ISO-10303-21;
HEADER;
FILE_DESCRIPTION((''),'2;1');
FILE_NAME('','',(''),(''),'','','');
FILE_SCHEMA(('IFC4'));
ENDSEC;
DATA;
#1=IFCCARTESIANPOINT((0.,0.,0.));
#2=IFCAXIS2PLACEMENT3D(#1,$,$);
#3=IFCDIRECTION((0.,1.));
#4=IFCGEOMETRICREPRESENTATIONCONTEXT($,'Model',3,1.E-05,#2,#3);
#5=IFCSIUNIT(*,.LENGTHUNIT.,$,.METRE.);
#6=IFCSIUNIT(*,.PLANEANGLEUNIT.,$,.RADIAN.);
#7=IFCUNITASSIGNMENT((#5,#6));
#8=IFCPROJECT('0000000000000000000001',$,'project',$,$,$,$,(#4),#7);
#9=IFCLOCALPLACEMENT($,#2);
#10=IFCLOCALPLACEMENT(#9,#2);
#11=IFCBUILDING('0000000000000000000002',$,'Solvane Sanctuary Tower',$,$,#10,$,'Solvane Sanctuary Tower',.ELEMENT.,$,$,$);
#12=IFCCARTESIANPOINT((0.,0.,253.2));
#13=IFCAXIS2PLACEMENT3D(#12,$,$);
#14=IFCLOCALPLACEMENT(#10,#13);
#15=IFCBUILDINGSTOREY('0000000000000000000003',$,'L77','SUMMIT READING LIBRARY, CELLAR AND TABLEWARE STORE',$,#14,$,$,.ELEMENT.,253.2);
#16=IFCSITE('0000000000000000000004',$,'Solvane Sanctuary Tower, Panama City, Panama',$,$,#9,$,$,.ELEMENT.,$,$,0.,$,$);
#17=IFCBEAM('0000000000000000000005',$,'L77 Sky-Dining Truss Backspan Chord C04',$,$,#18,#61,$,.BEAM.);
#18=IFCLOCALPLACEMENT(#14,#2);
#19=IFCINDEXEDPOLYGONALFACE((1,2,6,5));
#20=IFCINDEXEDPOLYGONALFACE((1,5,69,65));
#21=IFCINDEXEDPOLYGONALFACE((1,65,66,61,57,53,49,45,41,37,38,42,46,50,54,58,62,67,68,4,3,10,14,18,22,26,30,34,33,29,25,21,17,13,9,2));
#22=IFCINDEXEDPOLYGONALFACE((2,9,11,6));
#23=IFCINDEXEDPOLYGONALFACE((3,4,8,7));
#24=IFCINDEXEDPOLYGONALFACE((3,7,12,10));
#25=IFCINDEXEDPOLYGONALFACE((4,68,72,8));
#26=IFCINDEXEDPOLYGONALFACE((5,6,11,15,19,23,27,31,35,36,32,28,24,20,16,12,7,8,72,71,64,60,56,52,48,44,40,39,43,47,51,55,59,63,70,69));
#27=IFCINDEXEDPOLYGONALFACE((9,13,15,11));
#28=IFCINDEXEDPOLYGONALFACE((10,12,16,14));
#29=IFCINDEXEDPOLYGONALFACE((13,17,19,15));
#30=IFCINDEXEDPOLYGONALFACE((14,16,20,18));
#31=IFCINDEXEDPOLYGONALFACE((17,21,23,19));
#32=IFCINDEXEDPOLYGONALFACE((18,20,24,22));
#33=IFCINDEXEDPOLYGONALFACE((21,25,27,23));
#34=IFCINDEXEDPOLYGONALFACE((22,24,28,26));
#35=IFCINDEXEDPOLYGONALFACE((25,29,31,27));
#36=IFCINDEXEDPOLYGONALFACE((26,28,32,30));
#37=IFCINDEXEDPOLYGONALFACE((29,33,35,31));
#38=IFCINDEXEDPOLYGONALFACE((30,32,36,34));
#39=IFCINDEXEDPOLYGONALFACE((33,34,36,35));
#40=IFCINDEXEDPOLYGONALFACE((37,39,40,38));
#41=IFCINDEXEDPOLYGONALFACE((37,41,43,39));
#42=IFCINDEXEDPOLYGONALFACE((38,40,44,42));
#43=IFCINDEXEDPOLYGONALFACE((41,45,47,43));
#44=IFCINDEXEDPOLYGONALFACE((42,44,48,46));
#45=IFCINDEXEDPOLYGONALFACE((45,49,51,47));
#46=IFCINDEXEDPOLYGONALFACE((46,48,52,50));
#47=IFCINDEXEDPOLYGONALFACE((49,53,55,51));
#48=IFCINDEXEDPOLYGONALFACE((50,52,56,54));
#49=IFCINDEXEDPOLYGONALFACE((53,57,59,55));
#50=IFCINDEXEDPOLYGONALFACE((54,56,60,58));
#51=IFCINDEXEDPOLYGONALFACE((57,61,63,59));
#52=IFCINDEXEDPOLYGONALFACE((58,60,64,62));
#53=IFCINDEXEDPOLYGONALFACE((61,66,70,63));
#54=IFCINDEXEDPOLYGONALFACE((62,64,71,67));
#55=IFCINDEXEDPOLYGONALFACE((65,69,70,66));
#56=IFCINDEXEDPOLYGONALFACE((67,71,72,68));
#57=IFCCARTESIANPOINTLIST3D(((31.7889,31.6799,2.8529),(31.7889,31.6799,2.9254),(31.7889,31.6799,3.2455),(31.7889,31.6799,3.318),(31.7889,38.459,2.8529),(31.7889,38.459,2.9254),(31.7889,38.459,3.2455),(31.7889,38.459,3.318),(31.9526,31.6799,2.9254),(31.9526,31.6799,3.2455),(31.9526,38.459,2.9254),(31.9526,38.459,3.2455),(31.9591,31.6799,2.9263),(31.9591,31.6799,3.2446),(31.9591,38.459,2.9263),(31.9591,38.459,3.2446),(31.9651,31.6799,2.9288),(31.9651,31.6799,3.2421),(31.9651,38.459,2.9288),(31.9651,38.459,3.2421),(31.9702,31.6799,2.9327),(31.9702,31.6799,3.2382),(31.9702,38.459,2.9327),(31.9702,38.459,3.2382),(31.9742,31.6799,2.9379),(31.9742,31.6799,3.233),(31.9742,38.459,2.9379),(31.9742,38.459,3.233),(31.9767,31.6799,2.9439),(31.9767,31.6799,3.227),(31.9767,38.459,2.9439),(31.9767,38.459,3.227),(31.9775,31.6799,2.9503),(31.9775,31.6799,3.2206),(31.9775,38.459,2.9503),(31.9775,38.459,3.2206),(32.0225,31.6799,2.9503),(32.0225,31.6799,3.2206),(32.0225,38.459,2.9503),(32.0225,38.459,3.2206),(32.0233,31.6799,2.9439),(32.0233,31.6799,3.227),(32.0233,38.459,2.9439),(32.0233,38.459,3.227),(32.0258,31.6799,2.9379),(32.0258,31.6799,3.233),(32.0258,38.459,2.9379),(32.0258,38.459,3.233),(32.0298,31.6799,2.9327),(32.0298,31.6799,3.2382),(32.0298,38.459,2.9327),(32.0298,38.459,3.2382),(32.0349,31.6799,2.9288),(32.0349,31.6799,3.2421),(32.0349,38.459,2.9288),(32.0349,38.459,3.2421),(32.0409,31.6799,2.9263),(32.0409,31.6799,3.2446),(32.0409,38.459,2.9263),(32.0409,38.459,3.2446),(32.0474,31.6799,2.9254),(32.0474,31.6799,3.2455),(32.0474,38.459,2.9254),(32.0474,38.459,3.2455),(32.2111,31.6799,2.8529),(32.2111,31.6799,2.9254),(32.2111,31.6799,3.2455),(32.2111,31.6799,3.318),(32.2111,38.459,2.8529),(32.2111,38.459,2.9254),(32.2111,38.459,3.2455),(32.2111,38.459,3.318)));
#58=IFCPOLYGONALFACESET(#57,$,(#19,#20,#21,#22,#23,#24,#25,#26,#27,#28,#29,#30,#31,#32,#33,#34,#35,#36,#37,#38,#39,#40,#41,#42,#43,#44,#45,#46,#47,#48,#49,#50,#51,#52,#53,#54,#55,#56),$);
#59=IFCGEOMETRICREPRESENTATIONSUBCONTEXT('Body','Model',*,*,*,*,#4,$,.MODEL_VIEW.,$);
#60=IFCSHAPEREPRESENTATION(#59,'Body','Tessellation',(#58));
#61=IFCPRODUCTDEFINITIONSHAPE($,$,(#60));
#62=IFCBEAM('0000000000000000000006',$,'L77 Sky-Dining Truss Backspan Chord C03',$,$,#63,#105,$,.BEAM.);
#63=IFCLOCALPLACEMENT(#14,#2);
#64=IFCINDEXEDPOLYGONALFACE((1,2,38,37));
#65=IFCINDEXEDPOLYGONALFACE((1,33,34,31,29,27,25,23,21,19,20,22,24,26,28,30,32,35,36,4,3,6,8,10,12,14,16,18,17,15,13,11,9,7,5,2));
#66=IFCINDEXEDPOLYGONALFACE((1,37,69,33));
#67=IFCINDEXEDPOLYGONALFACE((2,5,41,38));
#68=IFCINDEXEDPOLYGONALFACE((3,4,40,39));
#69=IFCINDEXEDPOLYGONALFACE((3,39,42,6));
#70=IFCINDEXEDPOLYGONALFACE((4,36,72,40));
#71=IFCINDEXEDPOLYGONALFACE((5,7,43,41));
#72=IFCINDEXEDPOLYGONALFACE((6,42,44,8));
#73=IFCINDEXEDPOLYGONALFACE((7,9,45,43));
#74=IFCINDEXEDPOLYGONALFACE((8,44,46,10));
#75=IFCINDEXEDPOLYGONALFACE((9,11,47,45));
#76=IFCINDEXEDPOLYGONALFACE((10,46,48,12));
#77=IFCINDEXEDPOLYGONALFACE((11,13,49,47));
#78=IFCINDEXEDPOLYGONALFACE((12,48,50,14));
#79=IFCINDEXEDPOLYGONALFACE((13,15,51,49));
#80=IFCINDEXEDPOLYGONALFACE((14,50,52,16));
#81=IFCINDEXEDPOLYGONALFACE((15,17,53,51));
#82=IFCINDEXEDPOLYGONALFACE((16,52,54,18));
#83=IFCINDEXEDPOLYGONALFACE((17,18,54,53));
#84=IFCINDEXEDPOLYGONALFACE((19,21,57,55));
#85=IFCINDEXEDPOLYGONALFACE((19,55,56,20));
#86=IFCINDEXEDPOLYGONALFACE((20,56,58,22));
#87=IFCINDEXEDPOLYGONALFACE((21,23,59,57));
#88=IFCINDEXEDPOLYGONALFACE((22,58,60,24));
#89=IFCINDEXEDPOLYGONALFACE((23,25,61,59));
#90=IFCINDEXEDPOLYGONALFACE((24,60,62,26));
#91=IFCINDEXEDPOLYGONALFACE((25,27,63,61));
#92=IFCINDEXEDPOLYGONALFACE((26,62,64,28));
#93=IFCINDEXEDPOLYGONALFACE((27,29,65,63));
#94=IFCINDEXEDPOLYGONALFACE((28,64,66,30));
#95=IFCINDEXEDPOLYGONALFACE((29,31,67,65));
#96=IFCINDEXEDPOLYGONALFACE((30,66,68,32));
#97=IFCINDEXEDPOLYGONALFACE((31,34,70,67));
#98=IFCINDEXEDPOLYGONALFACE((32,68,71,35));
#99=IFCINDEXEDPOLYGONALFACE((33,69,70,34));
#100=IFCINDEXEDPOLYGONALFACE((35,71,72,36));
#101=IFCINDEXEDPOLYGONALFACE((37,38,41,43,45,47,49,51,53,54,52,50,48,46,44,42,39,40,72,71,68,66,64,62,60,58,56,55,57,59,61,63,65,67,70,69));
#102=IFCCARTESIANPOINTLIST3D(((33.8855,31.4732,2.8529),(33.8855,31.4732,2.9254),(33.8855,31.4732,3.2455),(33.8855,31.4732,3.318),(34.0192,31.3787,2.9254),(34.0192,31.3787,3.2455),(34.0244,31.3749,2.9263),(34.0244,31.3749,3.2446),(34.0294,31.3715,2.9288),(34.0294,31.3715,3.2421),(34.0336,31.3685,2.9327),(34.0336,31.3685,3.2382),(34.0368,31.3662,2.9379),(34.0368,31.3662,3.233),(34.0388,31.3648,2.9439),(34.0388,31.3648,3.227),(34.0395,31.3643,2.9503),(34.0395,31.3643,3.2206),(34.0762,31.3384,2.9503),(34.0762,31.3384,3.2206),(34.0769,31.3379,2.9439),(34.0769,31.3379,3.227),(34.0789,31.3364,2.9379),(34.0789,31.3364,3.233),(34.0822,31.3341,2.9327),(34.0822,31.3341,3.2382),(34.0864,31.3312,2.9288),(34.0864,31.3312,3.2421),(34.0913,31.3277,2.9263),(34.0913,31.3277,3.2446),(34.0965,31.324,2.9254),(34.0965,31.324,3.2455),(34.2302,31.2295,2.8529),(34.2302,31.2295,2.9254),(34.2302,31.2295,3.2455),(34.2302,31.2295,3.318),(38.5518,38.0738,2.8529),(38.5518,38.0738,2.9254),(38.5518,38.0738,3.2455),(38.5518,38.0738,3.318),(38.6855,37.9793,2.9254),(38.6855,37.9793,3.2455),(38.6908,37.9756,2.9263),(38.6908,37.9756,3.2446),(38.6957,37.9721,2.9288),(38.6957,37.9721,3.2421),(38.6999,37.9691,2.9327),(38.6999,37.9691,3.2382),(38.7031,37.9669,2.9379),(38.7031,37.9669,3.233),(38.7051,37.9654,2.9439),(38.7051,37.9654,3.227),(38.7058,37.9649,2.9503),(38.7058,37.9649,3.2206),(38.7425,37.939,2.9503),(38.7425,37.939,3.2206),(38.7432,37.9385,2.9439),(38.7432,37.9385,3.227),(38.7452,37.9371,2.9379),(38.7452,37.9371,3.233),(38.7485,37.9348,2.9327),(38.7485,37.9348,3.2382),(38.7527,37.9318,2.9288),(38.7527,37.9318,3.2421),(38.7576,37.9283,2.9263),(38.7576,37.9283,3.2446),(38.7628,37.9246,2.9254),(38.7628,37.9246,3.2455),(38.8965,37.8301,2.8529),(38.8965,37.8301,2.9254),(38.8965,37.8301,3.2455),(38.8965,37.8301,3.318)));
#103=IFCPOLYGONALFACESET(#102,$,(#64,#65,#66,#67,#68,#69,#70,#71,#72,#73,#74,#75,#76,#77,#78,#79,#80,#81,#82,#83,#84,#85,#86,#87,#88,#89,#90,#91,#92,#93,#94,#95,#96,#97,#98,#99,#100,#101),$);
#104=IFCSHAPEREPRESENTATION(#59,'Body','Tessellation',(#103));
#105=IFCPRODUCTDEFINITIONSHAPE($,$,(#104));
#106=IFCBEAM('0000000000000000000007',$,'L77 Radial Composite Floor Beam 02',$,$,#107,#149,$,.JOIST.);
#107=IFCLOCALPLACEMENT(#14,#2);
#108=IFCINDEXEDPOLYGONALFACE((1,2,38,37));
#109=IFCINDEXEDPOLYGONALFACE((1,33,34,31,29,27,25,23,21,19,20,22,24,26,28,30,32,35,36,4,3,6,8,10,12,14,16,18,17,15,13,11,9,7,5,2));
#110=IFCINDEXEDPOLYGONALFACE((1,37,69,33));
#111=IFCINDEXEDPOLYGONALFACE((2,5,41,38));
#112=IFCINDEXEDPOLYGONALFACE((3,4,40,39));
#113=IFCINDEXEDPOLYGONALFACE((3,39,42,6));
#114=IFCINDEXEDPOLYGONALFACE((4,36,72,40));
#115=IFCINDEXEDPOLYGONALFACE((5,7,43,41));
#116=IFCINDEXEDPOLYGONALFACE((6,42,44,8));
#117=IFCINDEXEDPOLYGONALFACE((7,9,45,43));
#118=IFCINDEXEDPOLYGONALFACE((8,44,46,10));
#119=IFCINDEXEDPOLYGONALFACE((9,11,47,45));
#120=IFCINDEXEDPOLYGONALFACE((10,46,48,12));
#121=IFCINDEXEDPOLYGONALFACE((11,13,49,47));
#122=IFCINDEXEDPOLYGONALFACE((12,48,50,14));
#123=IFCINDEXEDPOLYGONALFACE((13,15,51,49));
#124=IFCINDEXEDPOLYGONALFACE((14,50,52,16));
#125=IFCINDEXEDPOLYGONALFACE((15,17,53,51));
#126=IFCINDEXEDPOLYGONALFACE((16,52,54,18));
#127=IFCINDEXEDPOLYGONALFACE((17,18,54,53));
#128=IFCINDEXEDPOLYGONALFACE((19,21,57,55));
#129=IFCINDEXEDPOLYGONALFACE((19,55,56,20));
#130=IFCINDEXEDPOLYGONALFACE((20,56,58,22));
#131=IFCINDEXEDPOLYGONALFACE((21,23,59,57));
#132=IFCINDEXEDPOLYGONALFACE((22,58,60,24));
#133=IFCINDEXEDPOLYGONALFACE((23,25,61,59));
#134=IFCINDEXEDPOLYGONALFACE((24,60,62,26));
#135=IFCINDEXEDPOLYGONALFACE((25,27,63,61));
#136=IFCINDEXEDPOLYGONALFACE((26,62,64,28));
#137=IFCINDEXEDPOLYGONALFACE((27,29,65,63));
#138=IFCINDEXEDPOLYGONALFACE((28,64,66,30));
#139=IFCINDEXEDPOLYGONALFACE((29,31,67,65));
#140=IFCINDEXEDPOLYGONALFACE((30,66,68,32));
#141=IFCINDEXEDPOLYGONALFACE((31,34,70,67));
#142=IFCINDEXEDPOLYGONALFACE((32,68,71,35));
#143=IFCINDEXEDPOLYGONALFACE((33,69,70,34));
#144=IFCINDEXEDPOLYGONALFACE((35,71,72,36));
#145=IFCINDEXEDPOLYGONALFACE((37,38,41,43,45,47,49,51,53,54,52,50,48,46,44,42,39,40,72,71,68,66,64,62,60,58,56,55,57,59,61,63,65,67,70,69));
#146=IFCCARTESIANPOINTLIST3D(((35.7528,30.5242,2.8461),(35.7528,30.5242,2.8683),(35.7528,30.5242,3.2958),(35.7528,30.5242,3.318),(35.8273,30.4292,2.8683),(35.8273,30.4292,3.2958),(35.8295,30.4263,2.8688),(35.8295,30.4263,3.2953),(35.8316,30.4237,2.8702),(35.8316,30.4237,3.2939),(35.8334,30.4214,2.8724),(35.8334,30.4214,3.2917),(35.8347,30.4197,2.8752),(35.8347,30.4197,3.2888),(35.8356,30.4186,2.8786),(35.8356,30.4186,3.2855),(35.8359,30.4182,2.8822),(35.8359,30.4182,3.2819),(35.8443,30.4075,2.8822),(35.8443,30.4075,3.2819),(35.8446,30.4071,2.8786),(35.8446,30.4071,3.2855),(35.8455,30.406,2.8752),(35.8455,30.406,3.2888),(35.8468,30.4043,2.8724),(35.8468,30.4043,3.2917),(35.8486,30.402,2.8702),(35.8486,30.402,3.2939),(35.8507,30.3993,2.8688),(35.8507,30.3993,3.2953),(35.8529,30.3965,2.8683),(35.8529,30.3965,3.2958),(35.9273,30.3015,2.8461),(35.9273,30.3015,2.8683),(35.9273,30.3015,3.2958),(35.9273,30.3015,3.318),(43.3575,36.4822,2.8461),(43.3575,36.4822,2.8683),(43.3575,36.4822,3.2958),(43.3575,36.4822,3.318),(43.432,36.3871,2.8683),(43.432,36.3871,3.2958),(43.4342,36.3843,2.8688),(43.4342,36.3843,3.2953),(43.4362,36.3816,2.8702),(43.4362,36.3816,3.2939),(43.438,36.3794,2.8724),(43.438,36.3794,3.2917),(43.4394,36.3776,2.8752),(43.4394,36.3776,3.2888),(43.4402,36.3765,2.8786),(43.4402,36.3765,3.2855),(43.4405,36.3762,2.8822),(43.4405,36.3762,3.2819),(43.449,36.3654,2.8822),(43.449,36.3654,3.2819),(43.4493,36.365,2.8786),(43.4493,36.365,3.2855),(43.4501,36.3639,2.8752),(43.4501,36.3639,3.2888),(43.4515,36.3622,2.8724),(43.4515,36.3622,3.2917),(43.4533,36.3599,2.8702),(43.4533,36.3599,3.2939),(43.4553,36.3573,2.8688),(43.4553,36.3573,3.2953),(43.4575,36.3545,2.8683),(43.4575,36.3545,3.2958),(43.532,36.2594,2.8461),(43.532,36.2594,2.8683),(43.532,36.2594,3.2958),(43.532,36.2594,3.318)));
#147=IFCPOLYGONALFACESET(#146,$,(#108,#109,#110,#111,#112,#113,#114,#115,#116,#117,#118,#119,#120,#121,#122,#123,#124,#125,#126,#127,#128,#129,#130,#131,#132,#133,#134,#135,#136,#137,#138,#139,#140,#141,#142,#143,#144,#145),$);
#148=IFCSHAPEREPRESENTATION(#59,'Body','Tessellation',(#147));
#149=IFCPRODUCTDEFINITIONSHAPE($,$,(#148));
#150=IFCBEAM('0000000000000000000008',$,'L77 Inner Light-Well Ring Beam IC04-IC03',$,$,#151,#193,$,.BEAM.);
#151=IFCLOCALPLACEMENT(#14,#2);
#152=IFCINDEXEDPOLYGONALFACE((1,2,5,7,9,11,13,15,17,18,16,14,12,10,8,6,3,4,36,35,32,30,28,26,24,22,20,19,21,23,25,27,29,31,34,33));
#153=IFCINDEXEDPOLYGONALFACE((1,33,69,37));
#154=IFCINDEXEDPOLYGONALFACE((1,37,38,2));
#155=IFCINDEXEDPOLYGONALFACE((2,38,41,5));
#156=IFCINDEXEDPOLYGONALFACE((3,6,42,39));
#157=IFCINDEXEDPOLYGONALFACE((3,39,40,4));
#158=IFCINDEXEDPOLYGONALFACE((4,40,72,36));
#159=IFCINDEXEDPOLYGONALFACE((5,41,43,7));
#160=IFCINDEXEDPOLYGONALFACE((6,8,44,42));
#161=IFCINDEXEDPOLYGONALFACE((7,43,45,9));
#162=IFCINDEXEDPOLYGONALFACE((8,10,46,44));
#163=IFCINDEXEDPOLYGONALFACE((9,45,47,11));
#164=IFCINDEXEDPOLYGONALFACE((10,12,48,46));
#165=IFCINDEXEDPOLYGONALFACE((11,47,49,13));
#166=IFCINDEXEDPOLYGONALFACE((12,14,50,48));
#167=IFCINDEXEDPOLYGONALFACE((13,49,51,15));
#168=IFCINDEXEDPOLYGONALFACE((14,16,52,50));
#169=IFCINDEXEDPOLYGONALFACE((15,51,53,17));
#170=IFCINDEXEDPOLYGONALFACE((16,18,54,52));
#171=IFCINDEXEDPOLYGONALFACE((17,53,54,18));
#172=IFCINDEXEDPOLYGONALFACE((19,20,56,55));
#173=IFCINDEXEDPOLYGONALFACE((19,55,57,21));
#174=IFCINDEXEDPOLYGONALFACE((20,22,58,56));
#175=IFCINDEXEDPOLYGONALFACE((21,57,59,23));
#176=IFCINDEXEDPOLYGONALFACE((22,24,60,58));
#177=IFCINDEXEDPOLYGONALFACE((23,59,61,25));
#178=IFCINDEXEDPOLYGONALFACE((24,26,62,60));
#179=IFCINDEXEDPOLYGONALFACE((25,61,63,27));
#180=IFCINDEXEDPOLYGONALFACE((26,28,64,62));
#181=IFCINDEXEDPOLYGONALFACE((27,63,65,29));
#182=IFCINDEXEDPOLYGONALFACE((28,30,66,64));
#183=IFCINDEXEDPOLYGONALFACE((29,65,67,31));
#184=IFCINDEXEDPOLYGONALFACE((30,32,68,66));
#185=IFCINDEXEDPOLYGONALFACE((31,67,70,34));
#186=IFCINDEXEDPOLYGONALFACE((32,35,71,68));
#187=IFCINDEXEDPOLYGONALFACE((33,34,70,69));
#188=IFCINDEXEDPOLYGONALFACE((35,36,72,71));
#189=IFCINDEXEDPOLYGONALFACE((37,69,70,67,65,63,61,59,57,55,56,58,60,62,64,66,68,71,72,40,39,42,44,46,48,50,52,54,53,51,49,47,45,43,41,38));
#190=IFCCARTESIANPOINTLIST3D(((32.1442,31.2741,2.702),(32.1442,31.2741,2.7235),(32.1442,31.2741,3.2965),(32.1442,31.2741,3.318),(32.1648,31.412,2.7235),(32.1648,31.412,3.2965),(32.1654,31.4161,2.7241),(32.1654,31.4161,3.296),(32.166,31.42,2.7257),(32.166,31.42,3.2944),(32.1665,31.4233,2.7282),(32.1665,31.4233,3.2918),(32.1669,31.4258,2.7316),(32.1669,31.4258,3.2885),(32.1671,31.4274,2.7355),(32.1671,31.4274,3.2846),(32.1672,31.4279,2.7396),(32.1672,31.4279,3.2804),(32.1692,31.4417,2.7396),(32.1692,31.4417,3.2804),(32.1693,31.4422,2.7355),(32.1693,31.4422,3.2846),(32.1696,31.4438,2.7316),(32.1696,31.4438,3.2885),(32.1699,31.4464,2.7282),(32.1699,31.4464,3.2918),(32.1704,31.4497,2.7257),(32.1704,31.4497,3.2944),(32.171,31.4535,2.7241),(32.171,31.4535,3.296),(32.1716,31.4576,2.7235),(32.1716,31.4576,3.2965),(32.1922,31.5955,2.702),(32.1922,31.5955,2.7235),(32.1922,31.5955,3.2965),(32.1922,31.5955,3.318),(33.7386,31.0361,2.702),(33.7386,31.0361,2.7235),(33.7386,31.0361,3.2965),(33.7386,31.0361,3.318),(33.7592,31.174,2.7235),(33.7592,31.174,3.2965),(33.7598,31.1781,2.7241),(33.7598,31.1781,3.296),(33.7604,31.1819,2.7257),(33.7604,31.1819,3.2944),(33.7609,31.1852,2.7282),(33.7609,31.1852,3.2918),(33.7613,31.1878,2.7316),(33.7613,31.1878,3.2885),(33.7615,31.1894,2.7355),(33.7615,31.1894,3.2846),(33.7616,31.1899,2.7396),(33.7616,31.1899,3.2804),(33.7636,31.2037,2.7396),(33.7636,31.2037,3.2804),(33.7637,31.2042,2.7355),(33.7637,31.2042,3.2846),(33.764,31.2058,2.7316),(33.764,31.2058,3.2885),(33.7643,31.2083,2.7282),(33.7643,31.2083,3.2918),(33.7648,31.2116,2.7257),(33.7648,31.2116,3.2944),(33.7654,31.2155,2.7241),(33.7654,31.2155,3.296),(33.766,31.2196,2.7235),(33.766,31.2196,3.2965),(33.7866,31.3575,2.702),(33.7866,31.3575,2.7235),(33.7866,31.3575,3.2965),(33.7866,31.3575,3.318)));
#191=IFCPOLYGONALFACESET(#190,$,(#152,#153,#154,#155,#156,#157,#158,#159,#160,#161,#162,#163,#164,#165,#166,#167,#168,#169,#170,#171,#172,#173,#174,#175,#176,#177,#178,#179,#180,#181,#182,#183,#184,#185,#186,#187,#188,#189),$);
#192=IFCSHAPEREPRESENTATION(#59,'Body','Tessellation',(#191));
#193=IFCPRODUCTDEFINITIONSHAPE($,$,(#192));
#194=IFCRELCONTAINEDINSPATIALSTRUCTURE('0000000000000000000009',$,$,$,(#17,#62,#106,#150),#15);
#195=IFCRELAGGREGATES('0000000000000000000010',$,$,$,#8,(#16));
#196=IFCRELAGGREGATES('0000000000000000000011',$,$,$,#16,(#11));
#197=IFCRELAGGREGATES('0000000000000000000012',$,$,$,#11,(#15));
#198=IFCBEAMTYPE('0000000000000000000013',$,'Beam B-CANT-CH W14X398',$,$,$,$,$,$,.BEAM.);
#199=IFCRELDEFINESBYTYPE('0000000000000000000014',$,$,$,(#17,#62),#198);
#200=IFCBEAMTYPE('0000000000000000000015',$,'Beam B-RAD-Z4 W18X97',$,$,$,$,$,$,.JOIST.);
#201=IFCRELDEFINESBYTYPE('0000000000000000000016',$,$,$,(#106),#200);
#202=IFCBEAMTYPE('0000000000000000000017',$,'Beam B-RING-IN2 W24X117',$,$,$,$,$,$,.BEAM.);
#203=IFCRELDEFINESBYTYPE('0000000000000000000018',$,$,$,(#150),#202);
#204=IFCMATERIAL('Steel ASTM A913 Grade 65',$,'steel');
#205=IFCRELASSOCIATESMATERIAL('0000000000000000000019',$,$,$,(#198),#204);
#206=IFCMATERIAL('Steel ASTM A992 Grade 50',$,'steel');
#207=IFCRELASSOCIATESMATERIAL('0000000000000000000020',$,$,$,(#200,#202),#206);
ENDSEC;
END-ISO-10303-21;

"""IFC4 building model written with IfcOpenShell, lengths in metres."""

from ifc_helpers import new_model, si_unit, direction, frame, origin, origin_2d, place, context, subcontext, project, spatial, i_section, extrude, material, material_profile, profile_set, type_object, element, save


model = new_model("IFC4")

# Units and contexts
model_context = context("Model", 3, precision=1e-05, world=origin(), true_north=direction((0.0, 1.0)))
body_context = subcontext(model_context, "Body", "Model", "MODEL_VIEW")
ifc_project = project(units=[si_unit("LENGTHUNIT", "METRE"), si_unit("PLANEANGLEUNIT", "RADIAN")], contexts=[model_context])

# Site, building, storey
site_placement = place(None, origin())
site = spatial("IfcSite", under=ifc_project, at=site_placement, Name="Solvane Sanctuary Tower, Panama City, Panama", CompositionType="ELEMENT", RefElevation=0.0)
building_placement = place(site_placement, origin())
building = spatial("IfcBuilding", under=site, at=building_placement, Name="Solvane Sanctuary Tower", LongName="Solvane Sanctuary Tower", CompositionType="ELEMENT")
storey_placement = place(building_placement, frame((0.0, 0.0, 253.2)))
storey = spatial("IfcBuildingStorey", under=building, at=storey_placement, Name="L77", Description="SUMMIT READING LIBRARY, CELLAR AND TABLEWARE STORE", CompositionType="ELEMENT", Elevation=253.2)

# Shared definitions
ifc_material_1 = material(Name="Steel ASTM A913 Grade 65", Category="steel")

# Beams
ifc_material_profile_1 = material_profile(ifc_material_1, i_section(OverallWidth=0.4221, OverallDepth=0.4651, WebThickness=0.0449, FlangeThickness=0.0725, FilletRadius=0.0249, at=origin_2d()), Name="W14X398")
ifc_profile_set_1 = profile_set([ifc_material_profile_1], Name="Steel ASTM A913 Grade 65")
beam_type_1 = type_object("IfcBeamType", Name="Beam B-CANT-CH W14X398", PredefinedType="BEAM", material=ifc_profile_set_1)
beam_1_placement = place(storey_placement, frame((32.0, 31.6799, 3.0854), z_axis=(0.0, 1.0, 0.0), x_axis=(-1.0, 0.0, 0.0)))
element("IfcBeam", 1, at=beam_1_placement, inside=storey, type_object=beam_type_1, Name="L77 Sky-Dining Truss Backspan Chord C04", PredefinedType="BEAM", context=body_context, shape_type="SweptSolid", body=[
    extrude(i_section(OverallWidth=0.4221, OverallDepth=0.4651, WebThickness=0.0449, FlangeThickness=0.0725, FilletRadius=0.0249, at=origin_2d()), origin(), (0.0, 0.0, 1.0), 6.7791),
])
beam_2_placement = place(storey_placement, frame((34.0579, 31.3513, 3.0854), z_axis=(0.577263, 0.816558, 0.0), x_axis=(-0.816558, 0.577263, 0.0)))
element("IfcBeam", 2, at=beam_2_placement, inside=storey, type_object=beam_type_1, Name="L77 Sky-Dining Truss Backspan Chord C03", PredefinedType="BEAM", context=body_context, shape_type="SweptSolid", body=[
    extrude(i_section(OverallWidth=0.4221, OverallDepth=0.4651, WebThickness=0.0449, FlangeThickness=0.0725, FilletRadius=0.0249, at=origin_2d()), origin(), (0.0, 0.0, 1.0), 8.0835),
])
ifc_material_2 = material(Name="Steel ASTM A992 Grade 50", Category="steel")
ifc_material_profile_2 = material_profile(ifc_material_2, i_section(OverallWidth=0.283, OverallDepth=0.4719, WebThickness=0.0137, FlangeThickness=0.0222, FilletRadius=0.0139, at=origin_2d()), Name="W18X97")
ifc_profile_set_2 = profile_set([ifc_material_profile_2], Name="Steel ASTM A992 Grade 50")
beam_type_2 = type_object("IfcBeamType", Name="Beam B-RAD-Z4 W18X97", PredefinedType="JOIST", material=ifc_profile_set_2)
beam_3_placement = place(storey_placement, frame((35.8401, 30.4128, 3.082), z_axis=(0.78718, 0.616724, 0.0), x_axis=(-0.616724, 0.78718, 0.0)))
element("IfcBeam", 3, at=beam_3_placement, inside=storey, type_object=beam_type_2, Name="L77 Radial Composite Floor Beam 02", PredefinedType="JOIST", context=body_context, shape_type="SweptSolid", body=[
    extrude(i_section(OverallWidth=0.283, OverallDepth=0.4719, WebThickness=0.0137, FlangeThickness=0.0222, FilletRadius=0.0139, at=origin_2d()), origin(), (0.0, 0.0, 1.0), 9.6606),
])
ifc_material_profile_3 = material_profile(ifc_material_2, i_section(OverallWidth=0.325, OverallDepth=0.616, WebThickness=0.0139, FlangeThickness=0.0215, FilletRadius=0.0161, at=origin_2d()), Name="W24X117")
ifc_profile_set_3 = profile_set([ifc_material_profile_3], Name="Steel ASTM A992 Grade 50")
beam_type_3 = type_object("IfcBeamType", Name="Beam B-RING-IN2 W24X117", PredefinedType="BEAM", material=ifc_profile_set_3)
beam_4_placement = place(storey_placement, frame((32.1682, 31.4348, 3.01), z_axis=(0.989039, -0.147652, 0.0), x_axis=(0.147652, 0.989039, 0.0)))
element("IfcBeam", 4, at=beam_4_placement, inside=storey, type_object=beam_type_3, Name="L77 Inner Light-Well Ring Beam IC04-IC03", PredefinedType="BEAM", context=body_context, shape_type="SweptSolid", body=[
    extrude(i_section(OverallWidth=0.325, OverallDepth=0.616, WebThickness=0.0139, FlangeThickness=0.0215, FilletRadius=0.0161, at=origin_2d()), origin(), (0.0, 0.0, 1.0), 1.6121),
])

save(model, "model.ifc")
